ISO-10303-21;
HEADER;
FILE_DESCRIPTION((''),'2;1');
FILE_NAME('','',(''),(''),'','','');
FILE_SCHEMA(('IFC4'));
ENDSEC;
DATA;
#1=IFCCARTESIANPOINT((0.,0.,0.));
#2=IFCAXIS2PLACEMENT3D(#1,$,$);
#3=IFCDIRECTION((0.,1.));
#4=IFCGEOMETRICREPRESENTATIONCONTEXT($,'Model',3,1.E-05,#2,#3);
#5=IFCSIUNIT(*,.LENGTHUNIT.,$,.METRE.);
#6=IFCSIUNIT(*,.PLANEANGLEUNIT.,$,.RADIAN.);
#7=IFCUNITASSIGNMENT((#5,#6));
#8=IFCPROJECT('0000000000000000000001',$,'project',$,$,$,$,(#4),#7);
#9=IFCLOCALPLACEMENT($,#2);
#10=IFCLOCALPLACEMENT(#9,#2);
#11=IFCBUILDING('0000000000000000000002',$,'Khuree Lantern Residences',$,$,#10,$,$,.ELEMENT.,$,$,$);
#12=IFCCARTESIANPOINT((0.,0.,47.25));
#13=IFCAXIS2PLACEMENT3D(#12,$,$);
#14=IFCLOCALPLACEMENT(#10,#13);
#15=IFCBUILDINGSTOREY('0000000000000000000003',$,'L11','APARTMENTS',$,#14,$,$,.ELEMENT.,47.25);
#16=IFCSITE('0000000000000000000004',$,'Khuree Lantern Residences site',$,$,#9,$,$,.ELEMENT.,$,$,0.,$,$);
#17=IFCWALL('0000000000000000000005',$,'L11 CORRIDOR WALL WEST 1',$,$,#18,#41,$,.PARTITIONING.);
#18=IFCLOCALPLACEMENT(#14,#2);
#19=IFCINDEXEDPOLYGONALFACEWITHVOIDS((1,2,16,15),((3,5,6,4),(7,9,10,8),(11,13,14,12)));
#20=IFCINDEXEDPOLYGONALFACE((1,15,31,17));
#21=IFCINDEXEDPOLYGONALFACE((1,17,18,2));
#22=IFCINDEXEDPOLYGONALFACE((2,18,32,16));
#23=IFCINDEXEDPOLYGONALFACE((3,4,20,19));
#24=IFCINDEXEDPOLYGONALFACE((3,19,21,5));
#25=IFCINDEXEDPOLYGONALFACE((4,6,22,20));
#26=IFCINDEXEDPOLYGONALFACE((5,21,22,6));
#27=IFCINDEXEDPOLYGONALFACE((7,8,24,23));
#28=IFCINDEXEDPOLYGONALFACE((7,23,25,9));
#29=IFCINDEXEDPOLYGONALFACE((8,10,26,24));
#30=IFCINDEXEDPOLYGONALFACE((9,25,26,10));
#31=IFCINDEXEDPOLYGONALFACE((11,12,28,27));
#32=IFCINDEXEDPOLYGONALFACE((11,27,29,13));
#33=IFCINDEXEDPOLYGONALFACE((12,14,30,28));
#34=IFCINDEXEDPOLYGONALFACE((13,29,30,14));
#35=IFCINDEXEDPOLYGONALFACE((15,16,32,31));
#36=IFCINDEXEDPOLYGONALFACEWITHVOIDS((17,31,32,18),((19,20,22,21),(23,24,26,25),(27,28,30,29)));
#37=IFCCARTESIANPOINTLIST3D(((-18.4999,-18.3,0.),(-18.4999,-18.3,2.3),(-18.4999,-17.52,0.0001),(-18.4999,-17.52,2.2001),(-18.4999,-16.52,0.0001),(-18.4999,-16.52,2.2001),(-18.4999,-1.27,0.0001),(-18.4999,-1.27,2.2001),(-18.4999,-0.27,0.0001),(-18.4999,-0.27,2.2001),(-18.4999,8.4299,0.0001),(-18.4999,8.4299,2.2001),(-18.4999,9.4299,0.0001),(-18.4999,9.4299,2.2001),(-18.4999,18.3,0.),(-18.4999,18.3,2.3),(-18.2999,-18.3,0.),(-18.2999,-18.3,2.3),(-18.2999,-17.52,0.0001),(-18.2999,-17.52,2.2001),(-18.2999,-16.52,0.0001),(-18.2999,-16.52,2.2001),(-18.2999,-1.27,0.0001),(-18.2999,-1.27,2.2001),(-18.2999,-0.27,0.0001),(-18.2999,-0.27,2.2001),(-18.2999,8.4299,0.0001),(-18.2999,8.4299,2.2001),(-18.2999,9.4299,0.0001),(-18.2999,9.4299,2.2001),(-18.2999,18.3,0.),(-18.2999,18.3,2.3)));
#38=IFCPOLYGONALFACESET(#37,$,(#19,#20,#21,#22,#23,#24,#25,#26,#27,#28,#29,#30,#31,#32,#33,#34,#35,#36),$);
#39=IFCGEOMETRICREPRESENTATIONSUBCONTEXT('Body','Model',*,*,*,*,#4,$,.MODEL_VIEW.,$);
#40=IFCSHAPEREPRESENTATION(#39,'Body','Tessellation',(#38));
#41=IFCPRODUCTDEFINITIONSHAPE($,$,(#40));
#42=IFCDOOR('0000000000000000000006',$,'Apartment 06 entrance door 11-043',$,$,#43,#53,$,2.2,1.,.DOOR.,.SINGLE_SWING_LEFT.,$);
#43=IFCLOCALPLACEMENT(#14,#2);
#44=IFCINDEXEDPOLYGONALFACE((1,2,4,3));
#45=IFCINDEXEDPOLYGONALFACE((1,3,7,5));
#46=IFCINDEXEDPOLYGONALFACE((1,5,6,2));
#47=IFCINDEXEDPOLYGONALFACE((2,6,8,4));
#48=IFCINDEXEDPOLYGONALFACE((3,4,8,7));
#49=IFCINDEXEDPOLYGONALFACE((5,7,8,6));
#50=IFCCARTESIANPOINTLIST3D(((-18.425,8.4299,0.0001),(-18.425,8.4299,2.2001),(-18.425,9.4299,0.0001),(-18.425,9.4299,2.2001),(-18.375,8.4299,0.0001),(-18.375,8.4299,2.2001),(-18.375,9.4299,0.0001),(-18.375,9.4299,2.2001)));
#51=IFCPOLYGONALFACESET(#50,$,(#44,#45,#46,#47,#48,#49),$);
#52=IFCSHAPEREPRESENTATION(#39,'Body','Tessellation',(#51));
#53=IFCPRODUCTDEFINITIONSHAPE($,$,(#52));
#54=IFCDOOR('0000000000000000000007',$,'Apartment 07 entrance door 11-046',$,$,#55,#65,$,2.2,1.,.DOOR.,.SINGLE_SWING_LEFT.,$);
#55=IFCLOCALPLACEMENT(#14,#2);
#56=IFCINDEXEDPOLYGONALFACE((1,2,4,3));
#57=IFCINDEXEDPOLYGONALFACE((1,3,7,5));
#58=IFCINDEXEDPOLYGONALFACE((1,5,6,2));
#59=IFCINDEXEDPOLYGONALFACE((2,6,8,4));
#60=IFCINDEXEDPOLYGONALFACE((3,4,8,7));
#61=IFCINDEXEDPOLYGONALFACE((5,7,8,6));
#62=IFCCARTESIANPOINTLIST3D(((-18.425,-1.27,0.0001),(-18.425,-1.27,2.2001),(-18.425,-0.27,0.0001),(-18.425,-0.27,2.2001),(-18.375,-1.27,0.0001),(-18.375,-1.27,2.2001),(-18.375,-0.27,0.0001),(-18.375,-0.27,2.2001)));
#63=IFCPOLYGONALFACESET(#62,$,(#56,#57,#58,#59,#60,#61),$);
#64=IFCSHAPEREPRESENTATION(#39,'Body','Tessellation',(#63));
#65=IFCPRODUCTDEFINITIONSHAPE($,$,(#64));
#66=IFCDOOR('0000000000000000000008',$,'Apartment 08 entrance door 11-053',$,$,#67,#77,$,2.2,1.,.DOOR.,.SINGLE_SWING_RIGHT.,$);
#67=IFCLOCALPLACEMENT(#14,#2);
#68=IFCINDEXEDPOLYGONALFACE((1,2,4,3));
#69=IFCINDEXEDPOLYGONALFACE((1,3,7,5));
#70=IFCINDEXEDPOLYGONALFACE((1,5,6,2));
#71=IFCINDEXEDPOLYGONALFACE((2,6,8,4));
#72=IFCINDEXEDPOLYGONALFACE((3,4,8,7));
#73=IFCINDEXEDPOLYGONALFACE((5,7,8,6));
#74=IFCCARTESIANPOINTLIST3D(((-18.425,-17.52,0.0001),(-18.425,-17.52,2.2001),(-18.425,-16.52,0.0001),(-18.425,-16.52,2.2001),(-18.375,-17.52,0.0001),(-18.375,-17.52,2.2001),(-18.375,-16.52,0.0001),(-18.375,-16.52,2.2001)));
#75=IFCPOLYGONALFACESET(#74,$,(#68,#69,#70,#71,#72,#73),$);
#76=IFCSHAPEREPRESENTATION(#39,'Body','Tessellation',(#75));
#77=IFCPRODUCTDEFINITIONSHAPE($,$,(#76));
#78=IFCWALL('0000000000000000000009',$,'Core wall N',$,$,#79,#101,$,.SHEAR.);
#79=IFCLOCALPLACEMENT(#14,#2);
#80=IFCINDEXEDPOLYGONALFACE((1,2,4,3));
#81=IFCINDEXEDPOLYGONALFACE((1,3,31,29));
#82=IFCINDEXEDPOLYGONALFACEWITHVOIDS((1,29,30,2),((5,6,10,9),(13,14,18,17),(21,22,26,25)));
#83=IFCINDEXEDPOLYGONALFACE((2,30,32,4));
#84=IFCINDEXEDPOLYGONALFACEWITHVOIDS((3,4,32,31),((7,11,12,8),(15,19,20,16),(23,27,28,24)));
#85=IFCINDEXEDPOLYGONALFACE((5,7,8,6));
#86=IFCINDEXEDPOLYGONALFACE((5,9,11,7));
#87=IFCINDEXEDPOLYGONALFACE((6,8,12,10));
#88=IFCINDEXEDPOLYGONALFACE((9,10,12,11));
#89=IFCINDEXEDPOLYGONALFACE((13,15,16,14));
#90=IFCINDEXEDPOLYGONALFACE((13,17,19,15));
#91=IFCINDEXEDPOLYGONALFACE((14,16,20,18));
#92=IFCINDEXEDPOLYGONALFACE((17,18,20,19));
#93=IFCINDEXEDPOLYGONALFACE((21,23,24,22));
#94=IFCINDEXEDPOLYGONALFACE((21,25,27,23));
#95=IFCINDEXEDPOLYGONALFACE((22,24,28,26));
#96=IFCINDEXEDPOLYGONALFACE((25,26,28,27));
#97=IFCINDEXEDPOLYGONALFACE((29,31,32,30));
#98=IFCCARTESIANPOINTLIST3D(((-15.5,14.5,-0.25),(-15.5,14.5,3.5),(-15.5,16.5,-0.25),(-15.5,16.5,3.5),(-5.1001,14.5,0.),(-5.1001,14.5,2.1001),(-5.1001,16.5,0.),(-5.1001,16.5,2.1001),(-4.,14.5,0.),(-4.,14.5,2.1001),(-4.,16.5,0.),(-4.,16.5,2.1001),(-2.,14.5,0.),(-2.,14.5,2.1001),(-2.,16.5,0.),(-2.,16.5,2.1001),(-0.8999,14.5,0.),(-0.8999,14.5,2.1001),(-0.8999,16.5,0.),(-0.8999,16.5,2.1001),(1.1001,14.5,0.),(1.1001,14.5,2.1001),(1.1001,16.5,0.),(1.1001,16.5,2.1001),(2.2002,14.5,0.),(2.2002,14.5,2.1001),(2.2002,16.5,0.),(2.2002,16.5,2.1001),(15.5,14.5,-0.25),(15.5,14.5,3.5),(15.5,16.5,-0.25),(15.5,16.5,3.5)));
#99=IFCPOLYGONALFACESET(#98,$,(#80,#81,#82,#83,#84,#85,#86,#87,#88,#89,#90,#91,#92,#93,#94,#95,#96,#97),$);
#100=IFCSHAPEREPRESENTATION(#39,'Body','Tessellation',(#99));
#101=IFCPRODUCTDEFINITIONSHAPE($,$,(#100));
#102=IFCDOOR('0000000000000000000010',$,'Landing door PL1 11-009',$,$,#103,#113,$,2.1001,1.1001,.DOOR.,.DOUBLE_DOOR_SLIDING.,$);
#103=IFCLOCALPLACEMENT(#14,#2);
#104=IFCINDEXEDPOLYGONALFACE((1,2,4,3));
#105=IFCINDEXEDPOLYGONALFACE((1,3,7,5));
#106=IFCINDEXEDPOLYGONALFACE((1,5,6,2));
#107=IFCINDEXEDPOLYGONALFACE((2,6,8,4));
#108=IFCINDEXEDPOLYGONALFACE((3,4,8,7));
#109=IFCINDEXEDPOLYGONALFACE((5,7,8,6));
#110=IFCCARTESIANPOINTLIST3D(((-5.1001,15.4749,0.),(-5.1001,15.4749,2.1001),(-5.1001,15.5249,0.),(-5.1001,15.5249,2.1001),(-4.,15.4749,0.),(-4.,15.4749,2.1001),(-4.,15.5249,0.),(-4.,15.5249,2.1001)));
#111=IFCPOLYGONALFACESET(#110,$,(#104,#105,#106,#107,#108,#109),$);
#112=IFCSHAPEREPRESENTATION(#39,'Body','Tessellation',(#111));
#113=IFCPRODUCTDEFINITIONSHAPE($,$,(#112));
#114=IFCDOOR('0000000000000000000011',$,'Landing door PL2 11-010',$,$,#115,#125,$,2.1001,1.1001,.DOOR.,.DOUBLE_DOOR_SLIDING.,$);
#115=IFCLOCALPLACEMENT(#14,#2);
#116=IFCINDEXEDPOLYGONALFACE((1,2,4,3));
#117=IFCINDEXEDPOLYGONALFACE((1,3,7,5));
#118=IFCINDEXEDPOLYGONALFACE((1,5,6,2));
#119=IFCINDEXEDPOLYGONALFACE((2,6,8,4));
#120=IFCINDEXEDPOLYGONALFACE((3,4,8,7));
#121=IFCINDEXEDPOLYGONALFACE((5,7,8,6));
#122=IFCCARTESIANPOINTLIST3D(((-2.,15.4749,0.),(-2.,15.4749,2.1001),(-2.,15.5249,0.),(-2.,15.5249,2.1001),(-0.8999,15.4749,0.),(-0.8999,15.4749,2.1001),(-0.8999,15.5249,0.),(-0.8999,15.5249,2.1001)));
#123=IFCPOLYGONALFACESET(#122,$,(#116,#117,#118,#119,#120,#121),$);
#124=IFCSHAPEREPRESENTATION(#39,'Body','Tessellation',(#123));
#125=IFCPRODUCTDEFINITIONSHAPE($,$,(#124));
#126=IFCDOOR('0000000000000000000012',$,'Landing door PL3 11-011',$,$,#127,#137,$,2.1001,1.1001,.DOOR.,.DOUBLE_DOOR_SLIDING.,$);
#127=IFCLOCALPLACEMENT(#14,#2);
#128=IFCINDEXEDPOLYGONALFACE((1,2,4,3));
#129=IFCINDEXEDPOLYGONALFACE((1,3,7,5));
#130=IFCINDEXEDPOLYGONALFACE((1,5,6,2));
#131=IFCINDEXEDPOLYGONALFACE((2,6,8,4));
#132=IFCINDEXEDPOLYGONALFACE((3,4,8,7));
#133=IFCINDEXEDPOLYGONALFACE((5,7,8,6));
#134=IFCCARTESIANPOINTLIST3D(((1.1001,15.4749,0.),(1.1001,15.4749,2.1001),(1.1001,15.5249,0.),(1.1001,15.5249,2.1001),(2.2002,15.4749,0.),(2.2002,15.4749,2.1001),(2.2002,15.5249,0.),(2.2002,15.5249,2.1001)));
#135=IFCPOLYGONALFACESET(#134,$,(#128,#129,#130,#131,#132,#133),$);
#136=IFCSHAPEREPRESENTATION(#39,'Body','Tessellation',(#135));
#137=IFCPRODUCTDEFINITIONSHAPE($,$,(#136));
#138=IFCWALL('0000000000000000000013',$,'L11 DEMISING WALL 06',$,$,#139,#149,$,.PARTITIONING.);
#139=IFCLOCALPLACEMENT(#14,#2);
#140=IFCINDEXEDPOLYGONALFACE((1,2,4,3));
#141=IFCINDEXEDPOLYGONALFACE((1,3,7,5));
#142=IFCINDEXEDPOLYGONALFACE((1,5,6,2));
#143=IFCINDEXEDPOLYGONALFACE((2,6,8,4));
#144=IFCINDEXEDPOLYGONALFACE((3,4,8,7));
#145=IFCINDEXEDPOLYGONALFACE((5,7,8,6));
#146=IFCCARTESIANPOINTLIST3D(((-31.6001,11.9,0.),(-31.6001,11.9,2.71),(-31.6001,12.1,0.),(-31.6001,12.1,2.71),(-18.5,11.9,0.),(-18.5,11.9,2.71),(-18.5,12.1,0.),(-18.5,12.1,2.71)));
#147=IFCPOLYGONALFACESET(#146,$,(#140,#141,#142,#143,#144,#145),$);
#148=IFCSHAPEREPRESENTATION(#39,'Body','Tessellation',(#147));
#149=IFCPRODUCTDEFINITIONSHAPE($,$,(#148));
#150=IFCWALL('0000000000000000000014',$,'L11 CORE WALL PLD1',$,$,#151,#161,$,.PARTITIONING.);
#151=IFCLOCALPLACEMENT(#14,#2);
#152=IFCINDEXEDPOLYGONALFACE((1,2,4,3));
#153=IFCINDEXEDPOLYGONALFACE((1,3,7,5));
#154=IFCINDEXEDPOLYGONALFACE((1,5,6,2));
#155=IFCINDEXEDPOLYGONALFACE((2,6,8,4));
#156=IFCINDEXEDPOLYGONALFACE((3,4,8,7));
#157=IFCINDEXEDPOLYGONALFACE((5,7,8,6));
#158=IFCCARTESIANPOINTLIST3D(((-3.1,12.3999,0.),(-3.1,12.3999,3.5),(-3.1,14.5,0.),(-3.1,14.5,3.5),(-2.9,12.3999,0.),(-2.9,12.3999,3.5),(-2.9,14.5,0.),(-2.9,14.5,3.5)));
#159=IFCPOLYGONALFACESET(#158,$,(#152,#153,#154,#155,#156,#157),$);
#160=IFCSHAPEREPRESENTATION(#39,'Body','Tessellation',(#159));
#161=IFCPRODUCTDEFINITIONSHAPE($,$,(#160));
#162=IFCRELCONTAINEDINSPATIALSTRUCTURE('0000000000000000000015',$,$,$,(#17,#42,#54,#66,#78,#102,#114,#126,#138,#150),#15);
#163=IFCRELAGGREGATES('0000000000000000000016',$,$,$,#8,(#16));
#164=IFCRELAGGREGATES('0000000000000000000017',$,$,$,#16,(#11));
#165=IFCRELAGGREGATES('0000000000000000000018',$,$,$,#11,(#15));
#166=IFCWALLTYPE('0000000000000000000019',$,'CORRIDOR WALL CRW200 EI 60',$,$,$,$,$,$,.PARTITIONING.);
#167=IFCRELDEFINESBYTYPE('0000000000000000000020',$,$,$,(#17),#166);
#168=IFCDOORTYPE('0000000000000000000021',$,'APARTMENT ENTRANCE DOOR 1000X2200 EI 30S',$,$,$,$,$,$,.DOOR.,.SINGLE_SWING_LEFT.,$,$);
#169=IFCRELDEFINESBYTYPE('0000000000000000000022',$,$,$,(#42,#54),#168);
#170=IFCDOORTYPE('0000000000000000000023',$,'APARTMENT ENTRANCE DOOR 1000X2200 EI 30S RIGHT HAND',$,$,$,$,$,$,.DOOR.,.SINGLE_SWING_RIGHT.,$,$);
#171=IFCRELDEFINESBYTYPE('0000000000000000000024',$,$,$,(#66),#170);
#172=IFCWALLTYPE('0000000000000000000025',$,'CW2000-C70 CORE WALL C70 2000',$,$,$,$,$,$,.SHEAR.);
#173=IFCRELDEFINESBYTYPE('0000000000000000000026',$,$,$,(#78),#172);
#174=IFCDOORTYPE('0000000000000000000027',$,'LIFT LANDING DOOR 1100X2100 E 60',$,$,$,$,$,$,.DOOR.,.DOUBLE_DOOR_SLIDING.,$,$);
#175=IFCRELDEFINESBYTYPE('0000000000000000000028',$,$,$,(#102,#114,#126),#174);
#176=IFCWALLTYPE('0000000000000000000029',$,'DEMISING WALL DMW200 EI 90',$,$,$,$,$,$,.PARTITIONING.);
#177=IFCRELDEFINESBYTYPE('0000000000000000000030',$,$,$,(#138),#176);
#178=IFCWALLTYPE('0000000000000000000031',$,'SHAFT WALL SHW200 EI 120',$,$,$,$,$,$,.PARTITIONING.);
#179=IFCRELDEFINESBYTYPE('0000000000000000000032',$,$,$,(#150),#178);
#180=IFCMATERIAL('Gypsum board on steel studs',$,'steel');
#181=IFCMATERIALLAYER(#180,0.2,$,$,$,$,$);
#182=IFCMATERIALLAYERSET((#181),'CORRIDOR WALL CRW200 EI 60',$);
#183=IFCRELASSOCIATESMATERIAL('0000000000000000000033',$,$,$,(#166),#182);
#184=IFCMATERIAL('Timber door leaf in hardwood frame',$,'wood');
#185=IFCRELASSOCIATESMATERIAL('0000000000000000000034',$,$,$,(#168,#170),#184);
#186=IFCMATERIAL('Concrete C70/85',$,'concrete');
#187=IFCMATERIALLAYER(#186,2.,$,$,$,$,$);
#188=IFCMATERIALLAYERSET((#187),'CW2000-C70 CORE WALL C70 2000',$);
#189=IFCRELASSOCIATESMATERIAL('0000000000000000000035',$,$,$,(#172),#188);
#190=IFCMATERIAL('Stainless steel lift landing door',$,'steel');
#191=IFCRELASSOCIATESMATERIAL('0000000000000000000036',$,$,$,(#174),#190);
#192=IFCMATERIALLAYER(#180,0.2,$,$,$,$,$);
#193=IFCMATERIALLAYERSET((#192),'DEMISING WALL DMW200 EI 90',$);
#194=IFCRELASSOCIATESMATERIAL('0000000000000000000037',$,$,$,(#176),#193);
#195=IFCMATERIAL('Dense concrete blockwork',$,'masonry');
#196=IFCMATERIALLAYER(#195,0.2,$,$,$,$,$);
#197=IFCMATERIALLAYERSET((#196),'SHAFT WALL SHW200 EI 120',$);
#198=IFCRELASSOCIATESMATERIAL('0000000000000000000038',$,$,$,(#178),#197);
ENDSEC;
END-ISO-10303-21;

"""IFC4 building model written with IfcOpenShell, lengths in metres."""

from ifc_helpers import new_model, si_unit, direction, frame, frame_2d, origin, place, context, subcontext, project, spatial, rectangle, extrude, material, layer, layer_set, type_object, element, fill, save


model = new_model("IFC4")

# Units and contexts
model_context = context("Model", 3, precision=1e-05, world=origin(), true_north=direction((0.0, 1.0)))
body_context = subcontext(model_context, "Body", "Model", "MODEL_VIEW")
ifc_project = project(units=[si_unit("LENGTHUNIT", "METRE"), si_unit("PLANEANGLEUNIT", "RADIAN")], contexts=[model_context])

# Site, building, storey
site_placement = place(None, origin())
site = spatial("IfcSite", under=ifc_project, at=site_placement, Name="Khuree Lantern Residences site", CompositionType="ELEMENT", RefElevation=0.0)
building_placement = place(site_placement, origin())
building = spatial("IfcBuilding", under=site, at=building_placement, Name="Khuree Lantern Residences", CompositionType="ELEMENT")
storey_placement = place(building_placement, frame((0.0, 0.0, 47.25)))
storey = spatial("IfcBuildingStorey", under=building, at=storey_placement, Name="L11", Description="APARTMENTS", CompositionType="ELEMENT", Elevation=47.25)

# Shared definitions
ifc_material_1 = material(Name="Concrete C70/85", Category="concrete")

# Shared definitions
ifc_material_2 = material(Name="Dense concrete blockwork", Category="masonry")
ifc_material_3 = material(Name="Gypsum board on steel studs", Category="steel")
ifc_layer_1 = layer(ifc_material_3, 0.2)
ifc_layer_set_1 = layer_set([ifc_layer_1], Name="CORRIDOR WALL CRW200 EI 60")
wall_type_1 = type_object("IfcWallType", Name="CORRIDOR WALL CRW200 EI 60", PredefinedType="PARTITIONING", material=ifc_layer_set_1)

# Walls, openings, doors
ifc_material_4 = material(Name="Timber door leaf in hardwood frame", Category="wood")
door_type_1 = type_object("IfcDoorType", Name="APARTMENT ENTRANCE DOOR 1000X2200 EI 30S", OperationType="SINGLE_SWING_LEFT", PredefinedType="DOOR", material=ifc_material_4)
wall_1_placement = place(storey_placement, frame((-18.3999, 18.3, 0.0), z_axis=(0.0, 0.0, 1.0), x_axis=(0.0, -1.0, 0.0)))
wall_1 = element("IfcWall", 1, at=wall_1_placement, inside=storey, type_object=wall_type_1, Name="L11 CORRIDOR WALL WEST 1", PredefinedType="PARTITIONING", context=body_context, shape_type="SweptSolid", body=[
    extrude(rectangle(XDim=36.6001, YDim=0.2, at=frame_2d((18.3, 0.0))), origin(), (0.0, 0.0, 1.0), 2.3),
])
opening_1_placement = place(wall_1_placement, frame((8.8701, 0.0, 0.0)))
opening_1 = element("IfcOpeningElement", 2, at=opening_1_placement, cuts=wall_1, PredefinedType="OPENING", context=body_context, shape_type="SweptSolid", body=[
    extrude(rectangle(XDim=1.0, YDim=2.2, at=frame_2d((0.5, 1.1001))), frame((0.0, 0.1099, 0.0), z_axis=(0.0, -1.0, 0.0), x_axis=(1.0, 0.0, 0.0)), (0.0, 0.0, 1.0), 0.22),
])
opening_2_placement = place(wall_1_placement, frame((18.5701, 0.0, 0.0)))
opening_2 = element("IfcOpeningElement", 3, at=opening_2_placement, cuts=wall_1, PredefinedType="OPENING", context=body_context, shape_type="SweptSolid", body=[
    extrude(rectangle(XDim=1.0, YDim=2.2, at=frame_2d((0.5, 1.1001))), frame((0.0, 0.1099, 0.0), z_axis=(0.0, -1.0, 0.0), x_axis=(1.0, 0.0, 0.0)), (0.0, 0.0, 1.0), 0.22),
])
opening_3_placement = place(wall_1_placement, frame((34.8201, 0.0, 0.0)))
opening_3 = element("IfcOpeningElement", 4, at=opening_3_placement, cuts=wall_1, PredefinedType="OPENING", context=body_context, shape_type="SweptSolid", body=[
    extrude(rectangle(XDim=1.0, YDim=2.2, at=frame_2d((0.5, 1.1001))), frame((0.0, 0.1099, 0.0), z_axis=(0.0, -1.0, 0.0), x_axis=(1.0, 0.0, 0.0)), (0.0, 0.0, 1.0), 0.22),
])
door_1_placement = place(opening_1_placement, origin())
door_1 = element("IfcDoor", 5, at=door_1_placement, inside=storey, type_object=door_type_1, Name="Apartment 06 entrance door 11-043", OperationType="SINGLE_SWING_LEFT", OverallHeight=2.2, OverallWidth=1.0, PredefinedType="DOOR", context=body_context, shape_type="SweptSolid", body=[
    extrude(rectangle(XDim=1.0, YDim=2.2, at=frame_2d((0.5, 1.1001))), frame((0.0, 0.0249, 0.0), z_axis=(0.0, -1.0, 0.0), x_axis=(1.0, 0.0, 0.0)), (0.0, 0.0, 1.0), 0.05),
])
fill(opening_1, door_1)
door_2_placement = place(opening_2_placement, origin())
door_2 = element("IfcDoor", 6, at=door_2_placement, inside=storey, type_object=door_type_1, Name="Apartment 07 entrance door 11-046", OperationType="SINGLE_SWING_LEFT", OverallHeight=2.2, OverallWidth=1.0, PredefinedType="DOOR", context=body_context, shape_type="SweptSolid", body=[
    extrude(rectangle(XDim=1.0, YDim=2.2, at=frame_2d((0.5, 1.1001))), frame((0.0, 0.0249, 0.0), z_axis=(0.0, -1.0, 0.0), x_axis=(1.0, 0.0, 0.0)), (0.0, 0.0, 1.0), 0.05),
])
fill(opening_2, door_2)
door_type_2 = type_object("IfcDoorType", Name="APARTMENT ENTRANCE DOOR 1000X2200 EI 30S RIGHT HAND", OperationType="SINGLE_SWING_RIGHT", PredefinedType="DOOR", material=ifc_material_4)
door_3_placement = place(opening_3_placement, origin())
door_3 = element("IfcDoor", 7, at=door_3_placement, inside=storey, type_object=door_type_2, Name="Apartment 08 entrance door 11-053", OperationType="SINGLE_SWING_RIGHT", OverallHeight=2.2, OverallWidth=1.0, PredefinedType="DOOR", context=body_context, shape_type="SweptSolid", body=[
    extrude(rectangle(XDim=1.0, YDim=2.2, at=frame_2d((0.5, 1.1001))), frame((0.0, 0.0249, 0.0), z_axis=(0.0, -1.0, 0.0), x_axis=(1.0, 0.0, 0.0)), (0.0, 0.0, 1.0), 0.05),
])
fill(opening_3, door_3)
ifc_layer_2 = layer(ifc_material_1, 2.0)
ifc_layer_set_2 = layer_set([ifc_layer_2], Name="CW2000-C70 CORE WALL C70 2000")
wall_type_2 = type_object("IfcWallType", Name="CW2000-C70 CORE WALL C70 2000", PredefinedType="SHEAR", material=ifc_layer_set_2)
wall_2_placement = place(storey_placement, frame((-15.5, 15.5, -0.25), z_axis=(0.0, 0.0, 1.0), x_axis=(1.0, 0.0, 0.0)))
wall_2 = element("IfcWall", 8, at=wall_2_placement, inside=storey, type_object=wall_type_2, Name="Core wall N", PredefinedType="SHEAR", context=body_context, shape_type="SweptSolid", body=[
    extrude(rectangle(XDim=31.0, YDim=2.0, at=frame_2d((15.5, 0.0))), origin(), (0.0, 0.0, 1.0), 3.75),
])
opening_4_placement = place(wall_2_placement, frame((10.3999, 0.0, 0.25)))
opening_4 = element("IfcOpeningElement", 9, at=opening_4_placement, cuts=wall_2, PredefinedType="OPENING", context=body_context, shape_type="SweptSolid", body=[
    extrude(rectangle(XDim=1.1001, YDim=2.1001, at=frame_2d((0.55, 1.05))), frame((0.0, 1.01, 0.0), z_axis=(0.0, -1.0, 0.0), x_axis=(1.0, 0.0, 0.0)), (0.0, 0.0, 1.0), 2.02),
])
opening_5_placement = place(wall_2_placement, frame((13.5, 0.0, 0.25)))
opening_5 = element("IfcOpeningElement", 10, at=opening_5_placement, cuts=wall_2, PredefinedType="OPENING", context=body_context, shape_type="SweptSolid", body=[
    extrude(rectangle(XDim=1.1001, YDim=2.1001, at=frame_2d((0.55, 1.05))), frame((0.0, 1.01, 0.0), z_axis=(0.0, -1.0, 0.0), x_axis=(1.0, 0.0, 0.0)), (0.0, 0.0, 1.0), 2.02),
])
opening_6_placement = place(wall_2_placement, frame((16.6001, 0.0, 0.25)))
opening_6 = element("IfcOpeningElement", 11, at=opening_6_placement, cuts=wall_2, PredefinedType="OPENING", context=body_context, shape_type="SweptSolid", body=[
    extrude(rectangle(XDim=1.1001, YDim=2.1001, at=frame_2d((0.55, 1.05))), frame((0.0, 1.01, 0.0), z_axis=(0.0, -1.0, 0.0), x_axis=(1.0, 0.0, 0.0)), (0.0, 0.0, 1.0), 2.02),
])
ifc_material_5 = material(Name="Stainless steel lift landing door", Category="steel")
door_type_3 = type_object("IfcDoorType", Name="LIFT LANDING DOOR 1100X2100 E 60", OperationType="DOUBLE_DOOR_SLIDING", PredefinedType="DOOR", material=ifc_material_5)
door_4_placement = place(opening_4_placement, origin())
door_4 = element("IfcDoor", 12, at=door_4_placement, inside=storey, type_object=door_type_3, Name="Landing door PL1 11-009", OperationType="DOUBLE_DOOR_SLIDING", OverallHeight=2.1001, OverallWidth=1.1001, PredefinedType="DOOR", context=body_context, shape_type="SweptSolid", body=[
    extrude(rectangle(XDim=1.1001, YDim=2.1001, at=frame_2d((0.55, 1.05))), frame((0.0, 0.0249, 0.0), z_axis=(0.0, -1.0, 0.0), x_axis=(1.0, 0.0, 0.0)), (0.0, 0.0, 1.0), 0.05),
])
fill(opening_4, door_4)
door_5_placement = place(opening_5_placement, origin())
door_5 = element("IfcDoor", 13, at=door_5_placement, inside=storey, type_object=door_type_3, Name="Landing door PL2 11-010", OperationType="DOUBLE_DOOR_SLIDING", OverallHeight=2.1001, OverallWidth=1.1001, PredefinedType="DOOR", context=body_context, shape_type="SweptSolid", body=[
    extrude(rectangle(XDim=1.1001, YDim=2.1001, at=frame_2d((0.55, 1.05))), frame((0.0, 0.0249, 0.0), z_axis=(0.0, -1.0, 0.0), x_axis=(1.0, 0.0, 0.0)), (0.0, 0.0, 1.0), 0.05),
])
fill(opening_5, door_5)
door_6_placement = place(opening_6_placement, origin())
door_6 = element("IfcDoor", 14, at=door_6_placement, inside=storey, type_object=door_type_3, Name="Landing door PL3 11-011", OperationType="DOUBLE_DOOR_SLIDING", OverallHeight=2.1001, OverallWidth=1.1001, PredefinedType="DOOR", context=body_context, shape_type="SweptSolid", body=[
    extrude(rectangle(XDim=1.1001, YDim=2.1001, at=frame_2d((0.55, 1.05))), frame((0.0, 0.0249, 0.0), z_axis=(0.0, -1.0, 0.0), x_axis=(1.0, 0.0, 0.0)), (0.0, 0.0, 1.0), 0.05),
])
fill(opening_6, door_6)

# Walls
ifc_layer_3 = layer(ifc_material_3, 0.2)
ifc_layer_set_3 = layer_set([ifc_layer_3], Name="DEMISING WALL DMW200 EI 90")
wall_type_3 = type_object("IfcWallType", Name="DEMISING WALL DMW200 EI 90", PredefinedType="PARTITIONING", material=ifc_layer_set_3)
wall_3_placement = place(storey_placement, frame((-18.5, 12.0, 0.0), z_axis=(0.0, 0.0, 1.0), x_axis=(-1.0, 0.0, 0.0)))
element("IfcWall", 15, at=wall_3_placement, inside=storey, type_object=wall_type_3, Name="L11 DEMISING WALL 06", PredefinedType="PARTITIONING", context=body_context, shape_type="SweptSolid", body=[
    extrude(rectangle(XDim=13.1001, YDim=0.2, at=frame_2d((6.55, 0.0))), origin(), (0.0, 0.0, 1.0), 2.71),
])
ifc_layer_4 = layer(ifc_material_2, 0.2)
ifc_layer_set_4 = layer_set([ifc_layer_4], Name="SHAFT WALL SHW200 EI 120")
wall_type_4 = type_object("IfcWallType", Name="SHAFT WALL SHW200 EI 120", PredefinedType="PARTITIONING", material=ifc_layer_set_4)
wall_4_placement = place(storey_placement, frame((-3.0, 12.3999, 0.0), z_axis=(0.0, 0.0, 1.0), x_axis=(0.0, 1.0, 0.0)))
element("IfcWall", 16, at=wall_4_placement, inside=storey, type_object=wall_type_4, Name="L11 CORE WALL PLD1", PredefinedType="PARTITIONING", context=body_context, shape_type="SweptSolid", body=[
    extrude(rectangle(XDim=2.1001, YDim=0.2, at=frame_2d((1.05, 0.0))), origin(), (0.0, 0.0, 1.0), 3.5),
])

save(model, "model.ifc")
